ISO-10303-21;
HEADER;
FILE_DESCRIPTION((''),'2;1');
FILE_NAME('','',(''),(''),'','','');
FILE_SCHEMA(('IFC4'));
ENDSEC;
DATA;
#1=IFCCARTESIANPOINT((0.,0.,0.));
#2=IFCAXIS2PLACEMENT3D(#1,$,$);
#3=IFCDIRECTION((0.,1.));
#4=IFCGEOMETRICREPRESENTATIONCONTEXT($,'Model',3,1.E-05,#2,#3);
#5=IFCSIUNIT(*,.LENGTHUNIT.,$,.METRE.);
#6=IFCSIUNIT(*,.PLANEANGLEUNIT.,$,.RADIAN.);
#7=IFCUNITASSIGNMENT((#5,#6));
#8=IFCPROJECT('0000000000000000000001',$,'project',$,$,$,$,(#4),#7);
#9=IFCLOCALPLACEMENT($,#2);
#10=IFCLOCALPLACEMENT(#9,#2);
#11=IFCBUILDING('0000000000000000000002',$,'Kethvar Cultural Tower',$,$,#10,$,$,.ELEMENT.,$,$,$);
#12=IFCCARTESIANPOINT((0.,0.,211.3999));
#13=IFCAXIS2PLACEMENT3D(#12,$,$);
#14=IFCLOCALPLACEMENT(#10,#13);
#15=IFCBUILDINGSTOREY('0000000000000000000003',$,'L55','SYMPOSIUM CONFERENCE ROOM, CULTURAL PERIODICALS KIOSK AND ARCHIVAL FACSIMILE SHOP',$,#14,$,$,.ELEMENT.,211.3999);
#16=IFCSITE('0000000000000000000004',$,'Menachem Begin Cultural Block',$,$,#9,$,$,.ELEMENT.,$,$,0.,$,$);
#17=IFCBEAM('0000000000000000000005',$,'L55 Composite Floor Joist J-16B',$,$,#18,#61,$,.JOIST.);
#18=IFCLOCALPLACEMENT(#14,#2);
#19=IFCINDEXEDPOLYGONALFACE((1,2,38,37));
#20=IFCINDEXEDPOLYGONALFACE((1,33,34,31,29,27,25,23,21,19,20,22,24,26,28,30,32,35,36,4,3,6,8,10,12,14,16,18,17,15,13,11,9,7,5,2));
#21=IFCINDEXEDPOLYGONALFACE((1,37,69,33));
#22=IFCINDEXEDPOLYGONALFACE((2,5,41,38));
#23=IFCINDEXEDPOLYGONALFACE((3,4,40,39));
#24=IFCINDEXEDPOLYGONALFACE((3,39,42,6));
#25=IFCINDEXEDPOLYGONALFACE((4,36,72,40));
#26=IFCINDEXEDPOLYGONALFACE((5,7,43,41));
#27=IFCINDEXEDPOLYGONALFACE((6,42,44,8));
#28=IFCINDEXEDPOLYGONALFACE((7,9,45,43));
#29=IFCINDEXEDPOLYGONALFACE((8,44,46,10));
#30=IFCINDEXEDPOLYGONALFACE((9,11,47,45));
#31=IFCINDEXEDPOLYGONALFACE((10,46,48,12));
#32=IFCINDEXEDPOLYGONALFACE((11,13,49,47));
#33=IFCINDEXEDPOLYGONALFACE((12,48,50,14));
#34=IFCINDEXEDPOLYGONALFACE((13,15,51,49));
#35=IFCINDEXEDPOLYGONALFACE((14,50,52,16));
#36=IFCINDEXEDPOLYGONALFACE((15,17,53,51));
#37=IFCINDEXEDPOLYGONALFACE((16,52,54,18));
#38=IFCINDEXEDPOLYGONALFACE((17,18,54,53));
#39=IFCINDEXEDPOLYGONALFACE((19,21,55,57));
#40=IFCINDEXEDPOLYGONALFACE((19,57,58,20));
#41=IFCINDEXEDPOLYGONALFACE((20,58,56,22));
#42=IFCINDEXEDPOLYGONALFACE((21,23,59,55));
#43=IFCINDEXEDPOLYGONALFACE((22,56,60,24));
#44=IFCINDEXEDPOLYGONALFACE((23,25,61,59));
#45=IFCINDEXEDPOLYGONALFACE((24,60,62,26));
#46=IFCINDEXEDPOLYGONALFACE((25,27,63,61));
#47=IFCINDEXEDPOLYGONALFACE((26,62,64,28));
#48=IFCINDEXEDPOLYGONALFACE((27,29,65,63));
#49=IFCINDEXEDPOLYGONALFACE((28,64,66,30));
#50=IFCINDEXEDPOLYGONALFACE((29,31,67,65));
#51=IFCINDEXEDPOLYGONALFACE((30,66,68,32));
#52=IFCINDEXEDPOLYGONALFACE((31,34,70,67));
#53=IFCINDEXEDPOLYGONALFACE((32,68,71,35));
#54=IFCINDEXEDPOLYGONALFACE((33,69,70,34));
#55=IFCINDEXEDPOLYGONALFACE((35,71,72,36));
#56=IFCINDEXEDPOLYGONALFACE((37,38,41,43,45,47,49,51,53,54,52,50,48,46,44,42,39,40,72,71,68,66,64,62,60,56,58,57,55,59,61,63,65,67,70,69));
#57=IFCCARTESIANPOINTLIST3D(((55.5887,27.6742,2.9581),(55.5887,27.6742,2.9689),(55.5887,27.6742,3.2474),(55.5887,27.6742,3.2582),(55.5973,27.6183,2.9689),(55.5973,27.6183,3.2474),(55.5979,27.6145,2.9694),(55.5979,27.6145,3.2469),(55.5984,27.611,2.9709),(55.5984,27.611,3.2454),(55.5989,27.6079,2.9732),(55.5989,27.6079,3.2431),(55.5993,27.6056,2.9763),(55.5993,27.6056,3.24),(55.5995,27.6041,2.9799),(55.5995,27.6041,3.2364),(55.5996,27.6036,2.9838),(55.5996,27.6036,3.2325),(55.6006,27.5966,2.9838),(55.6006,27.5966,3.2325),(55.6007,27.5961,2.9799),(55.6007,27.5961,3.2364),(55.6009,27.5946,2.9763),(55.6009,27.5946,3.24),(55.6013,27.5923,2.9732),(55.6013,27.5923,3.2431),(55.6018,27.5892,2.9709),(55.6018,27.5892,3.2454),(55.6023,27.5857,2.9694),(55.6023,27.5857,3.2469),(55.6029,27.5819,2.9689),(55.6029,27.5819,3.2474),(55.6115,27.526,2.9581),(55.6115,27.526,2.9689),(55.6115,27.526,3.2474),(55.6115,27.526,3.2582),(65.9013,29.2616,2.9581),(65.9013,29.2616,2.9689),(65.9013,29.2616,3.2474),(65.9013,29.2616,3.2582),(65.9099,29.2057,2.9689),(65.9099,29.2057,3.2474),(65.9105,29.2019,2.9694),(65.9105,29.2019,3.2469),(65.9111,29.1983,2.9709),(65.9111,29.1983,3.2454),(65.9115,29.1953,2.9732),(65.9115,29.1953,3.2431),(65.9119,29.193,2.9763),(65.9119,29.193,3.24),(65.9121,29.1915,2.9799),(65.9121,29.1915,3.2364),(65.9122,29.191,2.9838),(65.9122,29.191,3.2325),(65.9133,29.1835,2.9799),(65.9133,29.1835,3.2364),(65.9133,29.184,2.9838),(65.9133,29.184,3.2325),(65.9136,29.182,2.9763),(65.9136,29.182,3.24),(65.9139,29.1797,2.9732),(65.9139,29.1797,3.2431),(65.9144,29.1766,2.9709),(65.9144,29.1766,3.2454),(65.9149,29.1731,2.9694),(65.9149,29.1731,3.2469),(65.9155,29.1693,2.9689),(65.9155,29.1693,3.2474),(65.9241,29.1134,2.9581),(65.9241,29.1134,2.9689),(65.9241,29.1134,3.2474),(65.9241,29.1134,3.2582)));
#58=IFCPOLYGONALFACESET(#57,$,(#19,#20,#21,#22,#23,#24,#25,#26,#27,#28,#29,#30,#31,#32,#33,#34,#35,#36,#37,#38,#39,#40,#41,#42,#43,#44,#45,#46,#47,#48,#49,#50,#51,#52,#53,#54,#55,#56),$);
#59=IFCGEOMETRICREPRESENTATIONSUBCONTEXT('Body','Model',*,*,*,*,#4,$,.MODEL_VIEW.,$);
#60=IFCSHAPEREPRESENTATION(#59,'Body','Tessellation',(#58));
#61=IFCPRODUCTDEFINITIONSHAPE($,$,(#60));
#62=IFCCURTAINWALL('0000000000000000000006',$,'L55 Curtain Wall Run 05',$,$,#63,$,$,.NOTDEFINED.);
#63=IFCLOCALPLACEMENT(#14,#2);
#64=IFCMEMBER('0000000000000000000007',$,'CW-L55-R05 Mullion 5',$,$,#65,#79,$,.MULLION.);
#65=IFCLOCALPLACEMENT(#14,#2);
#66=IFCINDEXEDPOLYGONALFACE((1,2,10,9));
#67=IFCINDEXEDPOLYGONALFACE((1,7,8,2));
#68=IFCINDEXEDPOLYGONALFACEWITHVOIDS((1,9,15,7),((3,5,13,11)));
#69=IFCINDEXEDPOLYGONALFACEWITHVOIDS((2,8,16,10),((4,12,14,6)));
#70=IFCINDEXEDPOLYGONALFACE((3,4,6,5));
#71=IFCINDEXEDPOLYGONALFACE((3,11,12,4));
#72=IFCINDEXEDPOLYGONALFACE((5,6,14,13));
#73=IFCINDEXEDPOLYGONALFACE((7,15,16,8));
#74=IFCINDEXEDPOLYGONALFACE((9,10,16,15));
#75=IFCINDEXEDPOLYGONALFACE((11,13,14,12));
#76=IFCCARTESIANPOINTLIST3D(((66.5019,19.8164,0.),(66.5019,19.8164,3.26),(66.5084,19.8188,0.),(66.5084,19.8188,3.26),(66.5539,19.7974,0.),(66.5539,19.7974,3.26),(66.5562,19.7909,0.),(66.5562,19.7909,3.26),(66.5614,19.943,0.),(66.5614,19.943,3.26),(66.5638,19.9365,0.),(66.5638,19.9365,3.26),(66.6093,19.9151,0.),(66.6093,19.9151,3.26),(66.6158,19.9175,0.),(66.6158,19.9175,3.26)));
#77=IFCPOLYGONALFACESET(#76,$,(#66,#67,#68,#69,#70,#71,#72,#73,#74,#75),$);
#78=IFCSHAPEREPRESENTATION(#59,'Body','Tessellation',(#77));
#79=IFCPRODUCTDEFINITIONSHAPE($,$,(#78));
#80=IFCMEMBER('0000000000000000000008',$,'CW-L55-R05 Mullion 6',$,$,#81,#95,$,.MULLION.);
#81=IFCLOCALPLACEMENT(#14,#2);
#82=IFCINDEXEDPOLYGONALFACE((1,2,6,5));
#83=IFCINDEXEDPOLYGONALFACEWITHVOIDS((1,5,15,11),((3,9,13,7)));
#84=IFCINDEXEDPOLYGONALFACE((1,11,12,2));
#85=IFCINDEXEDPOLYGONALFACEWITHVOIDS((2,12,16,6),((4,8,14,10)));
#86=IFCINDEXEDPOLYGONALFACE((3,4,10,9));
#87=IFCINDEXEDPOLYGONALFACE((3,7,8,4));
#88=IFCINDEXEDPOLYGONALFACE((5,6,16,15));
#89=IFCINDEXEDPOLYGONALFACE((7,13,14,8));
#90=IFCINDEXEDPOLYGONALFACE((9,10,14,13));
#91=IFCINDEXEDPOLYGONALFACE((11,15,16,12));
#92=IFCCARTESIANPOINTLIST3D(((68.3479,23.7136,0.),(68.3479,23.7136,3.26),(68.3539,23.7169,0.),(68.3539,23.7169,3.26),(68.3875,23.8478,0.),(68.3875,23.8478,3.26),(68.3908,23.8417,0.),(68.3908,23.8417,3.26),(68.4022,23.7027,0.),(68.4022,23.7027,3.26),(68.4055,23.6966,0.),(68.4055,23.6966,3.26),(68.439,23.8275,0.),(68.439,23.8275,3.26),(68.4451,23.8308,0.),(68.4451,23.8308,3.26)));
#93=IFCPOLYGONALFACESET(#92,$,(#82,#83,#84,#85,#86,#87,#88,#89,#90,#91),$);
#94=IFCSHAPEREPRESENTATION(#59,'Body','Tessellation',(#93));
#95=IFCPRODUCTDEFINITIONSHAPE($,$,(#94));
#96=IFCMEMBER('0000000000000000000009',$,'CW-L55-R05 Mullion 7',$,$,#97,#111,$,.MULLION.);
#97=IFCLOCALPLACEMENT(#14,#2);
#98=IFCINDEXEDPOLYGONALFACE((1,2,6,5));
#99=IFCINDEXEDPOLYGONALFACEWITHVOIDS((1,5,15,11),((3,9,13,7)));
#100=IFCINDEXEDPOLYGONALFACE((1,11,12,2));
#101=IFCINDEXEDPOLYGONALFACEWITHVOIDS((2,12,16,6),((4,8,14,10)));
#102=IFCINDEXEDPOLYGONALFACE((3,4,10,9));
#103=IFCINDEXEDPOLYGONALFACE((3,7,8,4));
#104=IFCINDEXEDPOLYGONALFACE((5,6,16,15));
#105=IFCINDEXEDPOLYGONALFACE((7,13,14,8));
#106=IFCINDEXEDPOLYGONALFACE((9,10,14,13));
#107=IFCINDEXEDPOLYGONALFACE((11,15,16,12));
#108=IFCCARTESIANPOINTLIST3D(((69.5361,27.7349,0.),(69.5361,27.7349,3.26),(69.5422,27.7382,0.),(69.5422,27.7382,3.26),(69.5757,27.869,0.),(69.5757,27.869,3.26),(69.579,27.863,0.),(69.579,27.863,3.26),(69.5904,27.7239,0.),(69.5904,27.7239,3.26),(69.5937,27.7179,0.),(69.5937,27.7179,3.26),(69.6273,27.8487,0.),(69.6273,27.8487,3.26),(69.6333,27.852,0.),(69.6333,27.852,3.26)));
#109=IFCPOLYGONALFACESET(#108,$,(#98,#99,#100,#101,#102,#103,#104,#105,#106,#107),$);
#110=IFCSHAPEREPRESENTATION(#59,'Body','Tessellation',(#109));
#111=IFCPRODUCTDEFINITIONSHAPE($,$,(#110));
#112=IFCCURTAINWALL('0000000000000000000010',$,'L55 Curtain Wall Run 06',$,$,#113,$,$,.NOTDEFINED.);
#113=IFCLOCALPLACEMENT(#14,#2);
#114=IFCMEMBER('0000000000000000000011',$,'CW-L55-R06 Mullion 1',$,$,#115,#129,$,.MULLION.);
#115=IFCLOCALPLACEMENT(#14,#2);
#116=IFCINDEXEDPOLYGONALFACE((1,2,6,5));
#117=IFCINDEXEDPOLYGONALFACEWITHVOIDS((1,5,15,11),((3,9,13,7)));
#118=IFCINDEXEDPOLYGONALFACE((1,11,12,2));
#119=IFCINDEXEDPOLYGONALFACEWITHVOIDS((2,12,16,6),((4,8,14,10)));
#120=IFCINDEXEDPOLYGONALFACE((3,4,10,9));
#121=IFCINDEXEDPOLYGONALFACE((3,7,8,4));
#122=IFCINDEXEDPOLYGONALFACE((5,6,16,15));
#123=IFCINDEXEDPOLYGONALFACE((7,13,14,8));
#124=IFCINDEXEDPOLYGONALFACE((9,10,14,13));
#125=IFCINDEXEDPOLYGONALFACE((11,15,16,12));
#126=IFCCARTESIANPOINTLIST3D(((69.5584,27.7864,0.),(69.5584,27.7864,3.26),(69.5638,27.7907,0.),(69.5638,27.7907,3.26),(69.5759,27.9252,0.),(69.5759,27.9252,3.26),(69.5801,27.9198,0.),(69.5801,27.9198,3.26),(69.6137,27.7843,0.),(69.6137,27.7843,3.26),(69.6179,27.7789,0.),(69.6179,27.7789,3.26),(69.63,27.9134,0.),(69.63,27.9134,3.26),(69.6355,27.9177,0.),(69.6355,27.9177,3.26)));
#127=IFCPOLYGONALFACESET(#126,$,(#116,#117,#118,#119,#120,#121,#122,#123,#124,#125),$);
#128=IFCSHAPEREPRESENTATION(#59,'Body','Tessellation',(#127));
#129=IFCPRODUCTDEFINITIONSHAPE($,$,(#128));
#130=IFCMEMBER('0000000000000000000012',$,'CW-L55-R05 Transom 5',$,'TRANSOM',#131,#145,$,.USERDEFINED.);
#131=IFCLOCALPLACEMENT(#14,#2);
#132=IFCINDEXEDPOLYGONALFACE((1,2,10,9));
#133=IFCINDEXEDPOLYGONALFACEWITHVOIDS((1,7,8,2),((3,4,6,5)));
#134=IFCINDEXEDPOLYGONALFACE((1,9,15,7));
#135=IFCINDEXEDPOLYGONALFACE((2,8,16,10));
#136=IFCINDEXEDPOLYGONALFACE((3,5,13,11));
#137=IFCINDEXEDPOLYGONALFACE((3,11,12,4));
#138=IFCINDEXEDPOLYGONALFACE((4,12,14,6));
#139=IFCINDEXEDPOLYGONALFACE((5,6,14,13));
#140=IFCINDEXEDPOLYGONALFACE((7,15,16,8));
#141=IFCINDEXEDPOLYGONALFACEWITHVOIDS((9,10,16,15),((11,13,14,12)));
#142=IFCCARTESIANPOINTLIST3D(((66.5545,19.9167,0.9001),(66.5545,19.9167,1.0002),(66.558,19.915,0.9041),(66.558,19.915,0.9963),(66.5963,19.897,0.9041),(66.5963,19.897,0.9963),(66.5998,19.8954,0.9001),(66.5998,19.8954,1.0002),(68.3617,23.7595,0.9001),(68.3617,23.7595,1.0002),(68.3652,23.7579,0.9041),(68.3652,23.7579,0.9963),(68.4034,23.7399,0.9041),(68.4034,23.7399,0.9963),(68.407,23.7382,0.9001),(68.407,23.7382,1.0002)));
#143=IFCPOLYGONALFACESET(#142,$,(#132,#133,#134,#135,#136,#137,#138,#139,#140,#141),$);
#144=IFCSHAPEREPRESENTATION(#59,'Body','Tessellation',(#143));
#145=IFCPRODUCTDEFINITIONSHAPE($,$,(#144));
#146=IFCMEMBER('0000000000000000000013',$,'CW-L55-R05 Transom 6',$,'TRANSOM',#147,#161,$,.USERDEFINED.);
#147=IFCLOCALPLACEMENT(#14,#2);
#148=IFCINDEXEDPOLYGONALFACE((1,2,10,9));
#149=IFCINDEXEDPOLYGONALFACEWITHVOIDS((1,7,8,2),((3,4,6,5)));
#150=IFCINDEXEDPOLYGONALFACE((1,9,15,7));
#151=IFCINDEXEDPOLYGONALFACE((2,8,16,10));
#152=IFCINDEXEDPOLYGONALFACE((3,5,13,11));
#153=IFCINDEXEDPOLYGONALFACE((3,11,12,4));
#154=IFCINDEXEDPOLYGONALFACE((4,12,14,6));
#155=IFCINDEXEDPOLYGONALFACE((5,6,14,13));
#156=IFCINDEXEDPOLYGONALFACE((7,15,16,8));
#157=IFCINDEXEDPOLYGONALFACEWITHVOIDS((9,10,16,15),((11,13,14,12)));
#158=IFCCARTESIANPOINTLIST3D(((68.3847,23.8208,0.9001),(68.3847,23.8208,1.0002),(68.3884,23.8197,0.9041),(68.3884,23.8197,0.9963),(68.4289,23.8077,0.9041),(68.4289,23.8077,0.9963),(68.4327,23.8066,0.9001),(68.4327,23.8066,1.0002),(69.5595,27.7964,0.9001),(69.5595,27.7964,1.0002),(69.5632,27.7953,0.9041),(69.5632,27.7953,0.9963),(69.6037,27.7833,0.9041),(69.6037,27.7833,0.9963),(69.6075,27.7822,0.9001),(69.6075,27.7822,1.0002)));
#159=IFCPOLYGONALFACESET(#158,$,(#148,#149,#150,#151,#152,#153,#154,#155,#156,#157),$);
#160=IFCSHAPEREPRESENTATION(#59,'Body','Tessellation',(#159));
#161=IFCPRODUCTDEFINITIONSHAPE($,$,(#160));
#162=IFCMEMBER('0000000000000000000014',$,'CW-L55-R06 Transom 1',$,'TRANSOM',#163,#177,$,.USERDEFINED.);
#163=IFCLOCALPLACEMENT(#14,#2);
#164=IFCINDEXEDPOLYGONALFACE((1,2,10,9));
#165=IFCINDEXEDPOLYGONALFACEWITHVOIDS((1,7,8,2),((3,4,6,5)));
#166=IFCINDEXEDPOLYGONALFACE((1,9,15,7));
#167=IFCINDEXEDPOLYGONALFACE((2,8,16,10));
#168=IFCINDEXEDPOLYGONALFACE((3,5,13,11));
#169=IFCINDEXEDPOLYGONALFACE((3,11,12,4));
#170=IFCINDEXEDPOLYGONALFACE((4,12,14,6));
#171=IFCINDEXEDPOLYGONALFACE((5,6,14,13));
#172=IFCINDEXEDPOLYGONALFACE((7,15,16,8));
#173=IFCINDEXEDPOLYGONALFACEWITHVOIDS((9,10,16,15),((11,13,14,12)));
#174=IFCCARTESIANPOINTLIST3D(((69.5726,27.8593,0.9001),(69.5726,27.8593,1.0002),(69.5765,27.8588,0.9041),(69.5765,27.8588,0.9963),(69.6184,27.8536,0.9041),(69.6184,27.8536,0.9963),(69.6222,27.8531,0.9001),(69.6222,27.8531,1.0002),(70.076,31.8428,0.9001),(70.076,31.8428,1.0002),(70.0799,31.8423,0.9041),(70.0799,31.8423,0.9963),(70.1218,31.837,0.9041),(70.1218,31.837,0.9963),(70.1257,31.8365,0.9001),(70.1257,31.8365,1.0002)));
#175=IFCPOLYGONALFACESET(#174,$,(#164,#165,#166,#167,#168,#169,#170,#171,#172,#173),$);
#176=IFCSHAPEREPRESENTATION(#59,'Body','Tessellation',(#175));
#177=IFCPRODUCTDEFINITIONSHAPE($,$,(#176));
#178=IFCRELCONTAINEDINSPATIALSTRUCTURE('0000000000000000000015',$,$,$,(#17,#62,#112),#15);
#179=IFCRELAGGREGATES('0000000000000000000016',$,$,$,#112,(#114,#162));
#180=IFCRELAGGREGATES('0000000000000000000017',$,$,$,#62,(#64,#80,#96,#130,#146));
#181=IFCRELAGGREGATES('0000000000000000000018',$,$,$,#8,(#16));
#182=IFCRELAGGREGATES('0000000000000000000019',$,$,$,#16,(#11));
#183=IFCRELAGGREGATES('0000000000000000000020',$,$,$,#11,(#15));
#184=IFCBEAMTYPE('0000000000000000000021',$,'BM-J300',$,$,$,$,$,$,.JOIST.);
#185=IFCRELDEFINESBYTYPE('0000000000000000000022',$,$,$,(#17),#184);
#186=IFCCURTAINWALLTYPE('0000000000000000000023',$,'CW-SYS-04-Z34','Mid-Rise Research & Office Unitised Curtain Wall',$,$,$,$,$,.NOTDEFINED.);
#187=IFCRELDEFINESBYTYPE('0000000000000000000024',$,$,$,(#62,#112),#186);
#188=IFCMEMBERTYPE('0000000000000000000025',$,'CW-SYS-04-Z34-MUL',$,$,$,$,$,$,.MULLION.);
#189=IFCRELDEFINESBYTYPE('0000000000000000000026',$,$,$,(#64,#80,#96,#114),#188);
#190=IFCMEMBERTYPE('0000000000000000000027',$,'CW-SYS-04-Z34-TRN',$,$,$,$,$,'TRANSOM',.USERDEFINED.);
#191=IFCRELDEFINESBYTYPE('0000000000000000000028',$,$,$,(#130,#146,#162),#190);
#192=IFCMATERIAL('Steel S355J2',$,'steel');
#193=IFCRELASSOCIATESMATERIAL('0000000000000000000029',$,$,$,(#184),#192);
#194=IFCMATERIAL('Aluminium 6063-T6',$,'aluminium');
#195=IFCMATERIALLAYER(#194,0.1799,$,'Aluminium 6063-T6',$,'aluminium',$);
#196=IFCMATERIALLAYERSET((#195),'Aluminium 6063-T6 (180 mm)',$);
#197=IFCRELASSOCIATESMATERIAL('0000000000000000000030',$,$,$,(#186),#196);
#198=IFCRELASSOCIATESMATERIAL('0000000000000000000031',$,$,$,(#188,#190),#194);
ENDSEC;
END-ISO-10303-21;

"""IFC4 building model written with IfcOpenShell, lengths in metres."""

from ifc_helpers import new_model, si_unit, direction, frame, origin, origin_2d, place, context, subcontext, project, spatial, hollow_rectangle, i_section, extrude, source, transform, mapped, material, layer, layer_set, material_profile, profile_set, type_object, element, aggregate, save


model = new_model("IFC4")

# Units and contexts
model_context = context("Model", 3, precision=1e-05, world=origin(), true_north=direction((0.0, 1.0)))
body_context = subcontext(model_context, "Body", "Model", "MODEL_VIEW")
ifc_project = project(units=[si_unit("LENGTHUNIT", "METRE"), si_unit("PLANEANGLEUNIT", "RADIAN")], contexts=[model_context])

# Site, building, storey
site_placement = place(None, origin())
site = spatial("IfcSite", under=ifc_project, at=site_placement, Name="Menachem Begin Cultural Block", CompositionType="ELEMENT", RefElevation=0.0)
building_placement = place(site_placement, origin())
building = spatial("IfcBuilding", under=site, at=building_placement, Name="Kethvar Cultural Tower", CompositionType="ELEMENT")
storey_placement = place(building_placement, frame((0.0, 0.0, 211.3999)))
storey = spatial("IfcBuildingStorey", under=building, at=storey_placement, Name="L55", Description="SYMPOSIUM CONFERENCE ROOM, CULTURAL PERIODICALS KIOSK AND ARCHIVAL FACSIMILE SHOP", CompositionType="ELEMENT", Elevation=211.3999)

# Beam
ifc_material_1 = material(Name="Steel S355J2", Category="steel")
ifc_material_profile_1 = material_profile(ifc_material_1, i_section(OverallWidth=0.1499, OverallDepth=0.3, WebThickness=0.0071, FlangeThickness=0.0107, FilletRadius=0.0149, at=origin_2d()), Name="Steel S355J2 — IPE300")
ifc_profile_set_1 = profile_set([ifc_material_profile_1], Name="Steel S355J2 — IPE300")
beam_type_1 = type_object("IfcBeamType", Name="BM-J300", PredefinedType="JOIST", material=ifc_profile_set_1)
shared_shape_1 = source(origin(), body_context, "Body", "SweptSolid", [
    extrude(i_section(OverallWidth=0.1499, OverallDepth=0.3, WebThickness=0.0071, FlangeThickness=0.0107, FilletRadius=0.0149, at=origin_2d()), origin(), (0.0, 0.0, 1.0), 10.4341),
])
beam_1_placement = place(storey_placement, frame((55.6001, 27.6001, 3.1082), z_axis=(0.98836, 0.152135, 0.0), x_axis=(-0.152135, 0.98836, 0.0)))
element("IfcBeam", 1, at=beam_1_placement, inside=storey, type_object=beam_type_1, Name="L55 Composite Floor Joist J-16B", PredefinedType="JOIST", context=body_context, shape_type="MappedRepresentation", body=[
    mapped(shared_shape_1, transform((0.0, 0.0, 0.0), scale=1.0)),
])

# Curtain wall, members
ifc_material_2 = material(Name="Aluminium 6063-T6", Category="aluminium")
ifc_layer_1 = layer(ifc_material_2, 0.1799, Name="Aluminium 6063-T6", Category="aluminium")
ifc_layer_set_1 = layer_set([ifc_layer_1], Name="Aluminium 6063-T6 (180 mm)")
curtain_wall_type = type_object("IfcCurtainWallType", Name="CW-SYS-04-Z34", Description="Mid-Rise Research & Office Unitised Curtain Wall", PredefinedType="NOTDEFINED", material=ifc_layer_set_1)
curtain_wall_1_placement = place(storey_placement, origin())
curtain_wall_1 = element("IfcCurtainWall", 2, at=curtain_wall_1_placement, inside=storey, type_object=curtain_wall_type, Name="L55 Curtain Wall Run 05", PredefinedType="NOTDEFINED")
ifc_material_profile_2 = material_profile(ifc_material_2, hollow_rectangle(XDim=0.0601, YDim=0.1399, WallThickness=0.0049, at=origin_2d()), Name="Aluminium 6063-T6 — RHS140x60x5")
ifc_profile_set_2 = profile_set([ifc_material_profile_2], Name="Aluminium 6063-T6 — RHS140x60x5")
member_type_1 = type_object("IfcMemberType", Name="CW-SYS-04-Z34-MUL", PredefinedType="MULLION", material=ifc_profile_set_2)
shared_shape_2 = source(origin(), body_context, "Body", "SweptSolid", [
    extrude(hollow_rectangle(XDim=0.0601, YDim=0.1399, WallThickness=0.0049, at=origin_2d()), origin(), (0.0, 0.0, 1.0), 3.26),
])
member_1_placement = place(storey_placement, frame((66.5588, 19.8669, 0.0), z_axis=(0.0, 0.0, 1.0), x_axis=(-0.904938, 0.425542, 0.0)))
member_1 = element("IfcMember", 3, at=member_1_placement, type_object=member_type_1, Name="CW-L55-R05 Mullion 5", PredefinedType="MULLION", context=body_context, shape_type="MappedRepresentation", body=[
    mapped(shared_shape_2, transform((0.0, 0.0, 0.0), scale=1.0)),
])
member_2_placement = place(storey_placement, frame((68.3965, 23.7722, 0.0), z_axis=(0.0, 0.0, 1.0), x_axis=(-0.959018, 0.283346, 0.0)))
member_2 = element("IfcMember", 4, at=member_2_placement, type_object=member_type_1, Name="CW-L55-R05 Mullion 6", PredefinedType="MULLION", context=body_context, shape_type="MappedRepresentation", body=[
    mapped(shared_shape_2, transform((0.0, 0.0, 0.0), scale=1.0)),
])
member_3_placement = place(storey_placement, frame((69.5847, 27.7935, 0.0), z_axis=(0.0, 0.0, 1.0), x_axis=(-0.959018, 0.283346, 0.0)))
member_3 = element("IfcMember", 5, at=member_3_placement, type_object=member_type_1, Name="CW-L55-R05 Mullion 7", PredefinedType="MULLION", context=body_context, shape_type="MappedRepresentation", body=[
    mapped(shared_shape_2, transform((0.0, 0.0, 0.0), scale=1.0)),
])

# Curtain wall, member
curtain_wall_2_placement = place(storey_placement, origin())
curtain_wall_2 = element("IfcCurtainWall", 6, at=curtain_wall_2_placement, inside=storey, type_object=curtain_wall_type, Name="L55 Curtain Wall Run 06", PredefinedType="NOTDEFINED")
member_4_placement = place(storey_placement, frame((69.5969, 27.8521, 0.0), z_axis=(0.0, 0.0, 1.0), x_axis=(-0.99211, 0.125368, 0.0)))
member_4 = element("IfcMember", 7, at=member_4_placement, type_object=member_type_1, Name="CW-L55-R06 Mullion 1", PredefinedType="MULLION", context=body_context, shape_type="MappedRepresentation", body=[
    mapped(shared_shape_2, transform((0.0, 0.0, 0.0), scale=1.0)),
])

# Members
ifc_material_profile_3 = material_profile(ifc_material_2, hollow_rectangle(XDim=0.05, YDim=0.1001, WallThickness=0.0039, at=origin_2d()), Name="Aluminium 6063-T6 — RHS100x50x4")
ifc_profile_set_3 = profile_set([ifc_material_profile_3], Name="Aluminium 6063-T6 — RHS100x50x4")
member_type_2 = type_object("IfcMemberType", Name="CW-SYS-04-Z34-TRN", ElementType="TRANSOM", PredefinedType="USERDEFINED", material=ifc_profile_set_3)
shared_shape_3 = source(origin(), body_context, "Body", "SweptSolid", [
    extrude(hollow_rectangle(XDim=0.05, YDim=0.1001, WallThickness=0.0039, at=origin_2d()), origin(), (0.0, 0.0, 1.0), 4.2466),
])
member_5_placement = place(storey_placement, frame((66.5771, 19.906, 0.9502), z_axis=(0.425559, 0.904931, 0.0), x_axis=(-0.904931, 0.425559, 0.0)))
member_5 = element("IfcMember", 8, at=member_5_placement, type_object=member_type_2, Name="CW-L55-R05 Transom 5", ObjectType="TRANSOM", PredefinedType="USERDEFINED", context=body_context, shape_type="MappedRepresentation", body=[
    mapped(shared_shape_3, transform((0.0, 0.0, 0.0), scale=1.0)),
])
shared_shape_4 = source(origin(), body_context, "Body", "SweptSolid", [
    extrude(hollow_rectangle(XDim=0.05, YDim=0.1001, WallThickness=0.0039, at=origin_2d()), origin(), (0.0, 0.0, 1.0), 4.1455),
])
member_6_placement = place(storey_placement, frame((68.4087, 23.8137, 0.9502), z_axis=(0.28339, 0.959005, 0.0), x_axis=(-0.959005, 0.28339, 0.0)))
member_6 = element("IfcMember", 9, at=member_6_placement, type_object=member_type_2, Name="CW-L55-R05 Transom 6", ObjectType="TRANSOM", PredefinedType="USERDEFINED", context=body_context, shape_type="MappedRepresentation", body=[
    mapped(shared_shape_4, transform((0.0, 0.0, 0.0), scale=1.0)),
])
shared_shape_5 = source(origin(), body_context, "Body", "SweptSolid", [
    extrude(hollow_rectangle(XDim=0.05, YDim=0.1001, WallThickness=0.0039, at=origin_2d()), origin(), (0.0, 0.0, 1.0), 4.0151),
])
member_7_placement = place(storey_placement, frame((69.5974, 27.8562, 0.9502), z_axis=(0.125382, 0.992109, 0.0), x_axis=(-0.992109, 0.125382, 0.0)))
member_7 = element("IfcMember", 10, at=member_7_placement, type_object=member_type_2, Name="CW-L55-R06 Transom 1", ObjectType="TRANSOM", PredefinedType="USERDEFINED", context=body_context, shape_type="MappedRepresentation", body=[
    mapped(shared_shape_5, transform((0.0, 0.0, 0.0), scale=1.0)),
])
aggregate(curtain_wall_2, [member_4, member_7])

aggregate(curtain_wall_1, [member_1, member_2, member_3, member_5, member_6])

save(model, "model.ifc")
